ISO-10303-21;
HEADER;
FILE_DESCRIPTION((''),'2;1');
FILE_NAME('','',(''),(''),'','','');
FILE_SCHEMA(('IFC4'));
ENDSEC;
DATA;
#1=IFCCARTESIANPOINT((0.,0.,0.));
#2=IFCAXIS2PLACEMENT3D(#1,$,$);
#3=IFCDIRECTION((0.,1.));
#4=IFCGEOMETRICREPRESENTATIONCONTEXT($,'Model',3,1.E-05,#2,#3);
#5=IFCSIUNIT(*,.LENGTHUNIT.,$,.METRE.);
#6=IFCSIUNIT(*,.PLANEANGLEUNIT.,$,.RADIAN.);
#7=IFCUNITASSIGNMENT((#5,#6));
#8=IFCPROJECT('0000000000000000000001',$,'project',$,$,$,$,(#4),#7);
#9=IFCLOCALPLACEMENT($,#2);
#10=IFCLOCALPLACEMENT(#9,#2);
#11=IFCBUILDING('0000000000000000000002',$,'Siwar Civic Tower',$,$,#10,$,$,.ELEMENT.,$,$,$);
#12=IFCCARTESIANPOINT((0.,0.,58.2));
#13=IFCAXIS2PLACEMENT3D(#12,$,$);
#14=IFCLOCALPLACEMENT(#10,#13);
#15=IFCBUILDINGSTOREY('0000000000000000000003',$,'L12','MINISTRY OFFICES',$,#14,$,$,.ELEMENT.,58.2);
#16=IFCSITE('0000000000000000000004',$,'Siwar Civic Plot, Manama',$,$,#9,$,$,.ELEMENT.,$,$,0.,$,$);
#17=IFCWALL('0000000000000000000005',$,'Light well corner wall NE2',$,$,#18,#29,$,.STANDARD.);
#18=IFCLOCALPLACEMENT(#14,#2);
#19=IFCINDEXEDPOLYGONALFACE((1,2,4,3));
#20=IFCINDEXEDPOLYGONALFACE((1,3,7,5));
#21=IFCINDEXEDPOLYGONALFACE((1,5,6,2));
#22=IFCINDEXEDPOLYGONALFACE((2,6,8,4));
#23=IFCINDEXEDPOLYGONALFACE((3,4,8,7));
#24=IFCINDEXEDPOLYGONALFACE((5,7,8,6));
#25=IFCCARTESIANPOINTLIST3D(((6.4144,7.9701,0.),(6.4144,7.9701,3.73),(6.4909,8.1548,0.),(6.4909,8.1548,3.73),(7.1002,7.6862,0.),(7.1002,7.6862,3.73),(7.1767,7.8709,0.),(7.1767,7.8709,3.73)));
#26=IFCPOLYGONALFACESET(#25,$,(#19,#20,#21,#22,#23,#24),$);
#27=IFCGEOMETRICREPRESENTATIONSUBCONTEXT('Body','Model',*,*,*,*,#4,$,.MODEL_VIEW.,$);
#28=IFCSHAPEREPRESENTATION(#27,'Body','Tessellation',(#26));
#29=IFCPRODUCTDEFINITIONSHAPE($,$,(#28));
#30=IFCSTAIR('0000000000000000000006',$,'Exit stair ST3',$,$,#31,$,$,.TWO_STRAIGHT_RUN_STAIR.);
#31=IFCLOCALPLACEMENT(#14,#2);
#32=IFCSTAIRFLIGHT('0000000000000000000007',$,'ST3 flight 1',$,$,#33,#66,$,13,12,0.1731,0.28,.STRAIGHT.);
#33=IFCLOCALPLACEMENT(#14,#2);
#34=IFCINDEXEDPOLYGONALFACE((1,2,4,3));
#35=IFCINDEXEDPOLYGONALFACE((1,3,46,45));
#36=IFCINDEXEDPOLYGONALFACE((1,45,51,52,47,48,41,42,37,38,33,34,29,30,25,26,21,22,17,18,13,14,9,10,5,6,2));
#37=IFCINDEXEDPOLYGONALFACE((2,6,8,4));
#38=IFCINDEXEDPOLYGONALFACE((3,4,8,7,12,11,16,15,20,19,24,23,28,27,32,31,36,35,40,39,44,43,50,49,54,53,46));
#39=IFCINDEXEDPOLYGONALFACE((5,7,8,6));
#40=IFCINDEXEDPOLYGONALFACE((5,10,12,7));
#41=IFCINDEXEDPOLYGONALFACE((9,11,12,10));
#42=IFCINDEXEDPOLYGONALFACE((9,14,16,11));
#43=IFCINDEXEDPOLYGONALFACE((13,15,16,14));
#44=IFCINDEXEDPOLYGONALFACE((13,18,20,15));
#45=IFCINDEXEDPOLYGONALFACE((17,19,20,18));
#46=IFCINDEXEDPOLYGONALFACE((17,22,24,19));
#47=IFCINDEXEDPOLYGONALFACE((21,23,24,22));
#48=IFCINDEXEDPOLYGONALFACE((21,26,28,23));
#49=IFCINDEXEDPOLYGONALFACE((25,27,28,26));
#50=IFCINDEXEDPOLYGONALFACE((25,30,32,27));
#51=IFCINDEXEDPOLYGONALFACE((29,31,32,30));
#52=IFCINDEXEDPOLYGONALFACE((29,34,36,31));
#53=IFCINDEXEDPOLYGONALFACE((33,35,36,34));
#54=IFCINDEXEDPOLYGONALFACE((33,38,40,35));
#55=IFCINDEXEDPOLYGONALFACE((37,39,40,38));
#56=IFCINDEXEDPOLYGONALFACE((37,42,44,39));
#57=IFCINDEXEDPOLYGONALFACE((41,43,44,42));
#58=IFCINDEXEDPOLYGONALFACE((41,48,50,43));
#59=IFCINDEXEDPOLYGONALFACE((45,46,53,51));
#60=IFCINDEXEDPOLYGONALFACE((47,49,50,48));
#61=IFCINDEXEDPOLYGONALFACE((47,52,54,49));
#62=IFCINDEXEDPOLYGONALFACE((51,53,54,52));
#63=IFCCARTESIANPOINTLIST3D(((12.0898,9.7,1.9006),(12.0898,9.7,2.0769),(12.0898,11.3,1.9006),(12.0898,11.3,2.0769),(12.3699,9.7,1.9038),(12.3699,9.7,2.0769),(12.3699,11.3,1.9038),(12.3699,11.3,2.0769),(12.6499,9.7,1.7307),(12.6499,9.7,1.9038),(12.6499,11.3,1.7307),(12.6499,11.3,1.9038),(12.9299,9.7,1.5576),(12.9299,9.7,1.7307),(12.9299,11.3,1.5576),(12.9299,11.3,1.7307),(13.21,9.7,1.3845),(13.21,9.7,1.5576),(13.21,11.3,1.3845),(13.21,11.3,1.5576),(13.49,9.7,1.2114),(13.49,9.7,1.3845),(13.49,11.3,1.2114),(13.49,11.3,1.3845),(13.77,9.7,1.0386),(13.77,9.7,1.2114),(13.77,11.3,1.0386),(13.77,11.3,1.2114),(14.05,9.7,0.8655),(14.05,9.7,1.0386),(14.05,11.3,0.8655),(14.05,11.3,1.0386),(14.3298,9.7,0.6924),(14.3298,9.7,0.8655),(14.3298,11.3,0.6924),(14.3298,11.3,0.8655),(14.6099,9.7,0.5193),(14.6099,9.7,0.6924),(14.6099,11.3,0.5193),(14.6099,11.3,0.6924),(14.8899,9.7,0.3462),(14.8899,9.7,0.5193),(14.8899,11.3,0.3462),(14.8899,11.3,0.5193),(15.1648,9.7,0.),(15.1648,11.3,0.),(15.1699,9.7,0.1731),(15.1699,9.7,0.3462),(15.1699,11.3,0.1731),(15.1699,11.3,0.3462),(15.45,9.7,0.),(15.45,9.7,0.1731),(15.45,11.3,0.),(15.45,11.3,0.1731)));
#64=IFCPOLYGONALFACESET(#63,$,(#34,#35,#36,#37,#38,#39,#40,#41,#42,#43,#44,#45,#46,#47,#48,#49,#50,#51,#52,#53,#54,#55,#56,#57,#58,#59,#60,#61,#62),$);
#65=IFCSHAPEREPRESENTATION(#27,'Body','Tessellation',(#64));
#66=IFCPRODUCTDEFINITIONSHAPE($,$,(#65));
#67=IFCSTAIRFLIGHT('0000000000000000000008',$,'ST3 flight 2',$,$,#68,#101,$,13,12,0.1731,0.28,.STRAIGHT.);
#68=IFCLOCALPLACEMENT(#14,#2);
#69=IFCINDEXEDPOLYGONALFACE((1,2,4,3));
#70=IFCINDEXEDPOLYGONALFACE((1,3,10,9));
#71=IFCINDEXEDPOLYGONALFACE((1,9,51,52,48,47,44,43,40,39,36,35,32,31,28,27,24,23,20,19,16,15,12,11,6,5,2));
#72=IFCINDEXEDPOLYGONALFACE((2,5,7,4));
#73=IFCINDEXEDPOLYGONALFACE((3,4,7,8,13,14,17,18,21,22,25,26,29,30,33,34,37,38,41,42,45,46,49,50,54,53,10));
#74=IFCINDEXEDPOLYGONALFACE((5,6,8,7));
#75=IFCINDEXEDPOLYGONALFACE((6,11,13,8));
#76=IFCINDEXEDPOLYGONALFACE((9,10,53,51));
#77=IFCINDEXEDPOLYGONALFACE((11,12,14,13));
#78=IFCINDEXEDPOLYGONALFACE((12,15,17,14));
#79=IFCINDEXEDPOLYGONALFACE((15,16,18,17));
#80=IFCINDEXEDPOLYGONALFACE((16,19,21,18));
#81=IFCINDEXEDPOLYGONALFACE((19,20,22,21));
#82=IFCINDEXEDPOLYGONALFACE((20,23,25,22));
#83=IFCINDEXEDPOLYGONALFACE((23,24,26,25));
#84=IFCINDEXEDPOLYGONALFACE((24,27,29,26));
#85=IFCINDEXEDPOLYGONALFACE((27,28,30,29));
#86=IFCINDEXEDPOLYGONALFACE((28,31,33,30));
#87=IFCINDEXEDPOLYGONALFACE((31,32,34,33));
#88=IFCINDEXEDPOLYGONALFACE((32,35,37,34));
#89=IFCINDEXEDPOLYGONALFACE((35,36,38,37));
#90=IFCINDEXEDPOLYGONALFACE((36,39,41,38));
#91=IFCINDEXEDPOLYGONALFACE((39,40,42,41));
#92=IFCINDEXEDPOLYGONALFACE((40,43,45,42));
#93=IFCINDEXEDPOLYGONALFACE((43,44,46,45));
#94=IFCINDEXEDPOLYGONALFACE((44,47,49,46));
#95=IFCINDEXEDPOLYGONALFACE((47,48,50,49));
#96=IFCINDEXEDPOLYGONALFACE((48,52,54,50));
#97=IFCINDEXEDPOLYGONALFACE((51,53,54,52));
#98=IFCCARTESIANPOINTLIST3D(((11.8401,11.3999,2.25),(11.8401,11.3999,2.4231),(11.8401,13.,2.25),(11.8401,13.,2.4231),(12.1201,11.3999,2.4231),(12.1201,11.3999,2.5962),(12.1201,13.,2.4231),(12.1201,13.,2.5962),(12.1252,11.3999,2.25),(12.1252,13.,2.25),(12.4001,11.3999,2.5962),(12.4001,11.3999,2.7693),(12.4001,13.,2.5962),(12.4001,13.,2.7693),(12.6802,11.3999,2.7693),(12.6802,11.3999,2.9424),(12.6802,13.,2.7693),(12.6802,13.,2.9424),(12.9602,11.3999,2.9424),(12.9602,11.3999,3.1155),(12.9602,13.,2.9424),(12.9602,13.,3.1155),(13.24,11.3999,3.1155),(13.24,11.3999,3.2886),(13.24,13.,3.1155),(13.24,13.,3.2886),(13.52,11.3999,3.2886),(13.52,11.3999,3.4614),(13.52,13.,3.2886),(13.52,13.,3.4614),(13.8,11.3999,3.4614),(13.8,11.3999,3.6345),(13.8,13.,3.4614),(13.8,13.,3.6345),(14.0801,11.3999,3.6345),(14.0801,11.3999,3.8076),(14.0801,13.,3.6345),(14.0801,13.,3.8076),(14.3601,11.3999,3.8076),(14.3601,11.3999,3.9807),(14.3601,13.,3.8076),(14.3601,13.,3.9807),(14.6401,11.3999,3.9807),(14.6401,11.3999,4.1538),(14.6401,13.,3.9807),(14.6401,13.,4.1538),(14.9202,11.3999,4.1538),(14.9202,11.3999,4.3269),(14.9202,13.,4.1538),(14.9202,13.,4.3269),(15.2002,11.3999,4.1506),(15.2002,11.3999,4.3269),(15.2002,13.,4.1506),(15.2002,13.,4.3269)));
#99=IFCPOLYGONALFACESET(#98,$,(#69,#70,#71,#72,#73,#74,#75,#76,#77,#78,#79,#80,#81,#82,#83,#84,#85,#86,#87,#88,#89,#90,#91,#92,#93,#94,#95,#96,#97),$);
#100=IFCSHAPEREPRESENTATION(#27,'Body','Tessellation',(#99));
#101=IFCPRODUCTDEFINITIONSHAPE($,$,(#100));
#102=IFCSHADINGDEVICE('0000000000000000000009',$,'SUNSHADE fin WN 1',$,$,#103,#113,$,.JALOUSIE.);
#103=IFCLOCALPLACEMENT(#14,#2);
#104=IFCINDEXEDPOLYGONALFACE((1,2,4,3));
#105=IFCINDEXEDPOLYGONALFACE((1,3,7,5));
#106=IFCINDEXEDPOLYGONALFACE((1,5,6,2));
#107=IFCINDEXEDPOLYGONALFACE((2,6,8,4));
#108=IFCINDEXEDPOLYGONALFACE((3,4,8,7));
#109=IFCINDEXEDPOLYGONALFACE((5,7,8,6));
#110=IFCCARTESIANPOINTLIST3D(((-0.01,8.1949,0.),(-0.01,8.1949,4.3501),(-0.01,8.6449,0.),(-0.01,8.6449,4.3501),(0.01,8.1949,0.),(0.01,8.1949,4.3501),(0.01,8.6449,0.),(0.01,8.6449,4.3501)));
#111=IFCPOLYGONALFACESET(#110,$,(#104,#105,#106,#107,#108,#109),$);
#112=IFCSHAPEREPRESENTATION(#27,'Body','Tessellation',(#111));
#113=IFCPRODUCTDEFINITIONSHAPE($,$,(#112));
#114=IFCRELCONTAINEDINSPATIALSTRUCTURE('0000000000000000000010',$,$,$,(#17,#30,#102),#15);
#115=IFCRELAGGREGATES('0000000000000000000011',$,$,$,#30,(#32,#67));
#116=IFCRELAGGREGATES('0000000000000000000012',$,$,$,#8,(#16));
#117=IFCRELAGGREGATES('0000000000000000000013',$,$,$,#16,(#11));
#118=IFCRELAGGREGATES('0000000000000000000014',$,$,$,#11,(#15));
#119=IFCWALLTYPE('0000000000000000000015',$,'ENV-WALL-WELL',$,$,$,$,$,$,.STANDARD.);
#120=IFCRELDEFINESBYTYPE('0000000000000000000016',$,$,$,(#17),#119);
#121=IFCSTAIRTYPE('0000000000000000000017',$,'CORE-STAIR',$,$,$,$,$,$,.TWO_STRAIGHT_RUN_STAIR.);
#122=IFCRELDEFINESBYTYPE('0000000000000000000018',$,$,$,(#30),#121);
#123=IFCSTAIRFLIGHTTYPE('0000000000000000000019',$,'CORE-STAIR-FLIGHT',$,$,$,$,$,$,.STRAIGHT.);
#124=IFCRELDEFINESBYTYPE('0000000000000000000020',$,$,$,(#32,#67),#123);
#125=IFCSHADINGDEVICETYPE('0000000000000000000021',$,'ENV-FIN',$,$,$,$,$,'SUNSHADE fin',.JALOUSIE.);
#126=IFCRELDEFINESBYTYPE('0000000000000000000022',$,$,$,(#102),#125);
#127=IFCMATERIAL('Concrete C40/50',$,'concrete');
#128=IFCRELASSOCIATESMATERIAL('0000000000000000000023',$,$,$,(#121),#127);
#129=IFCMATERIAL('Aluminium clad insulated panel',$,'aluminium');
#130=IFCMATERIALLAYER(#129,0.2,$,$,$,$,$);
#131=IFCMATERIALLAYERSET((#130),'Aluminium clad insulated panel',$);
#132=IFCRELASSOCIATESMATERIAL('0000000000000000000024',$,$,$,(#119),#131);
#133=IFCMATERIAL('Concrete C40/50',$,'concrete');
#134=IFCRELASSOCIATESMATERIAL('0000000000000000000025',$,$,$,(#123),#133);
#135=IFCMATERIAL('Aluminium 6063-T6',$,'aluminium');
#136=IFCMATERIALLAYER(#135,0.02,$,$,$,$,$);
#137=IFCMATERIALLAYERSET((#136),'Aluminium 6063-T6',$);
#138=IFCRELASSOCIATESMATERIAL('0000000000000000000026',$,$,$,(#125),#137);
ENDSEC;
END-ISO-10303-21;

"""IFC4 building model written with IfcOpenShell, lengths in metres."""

from ifc_helpers import new_model, si_unit, direction, frame, frame_2d, origin, origin_2d, place, context, subcontext, project, spatial, polyline, rectangle, outline, extrude, material, layer, layer_set, type_object, element, aggregate, save


model = new_model("IFC4")

# Units and contexts
model_context = context("Model", 3, precision=1e-05, world=origin(), true_north=direction((0.0, 1.0)))
body_context = subcontext(model_context, "Body", "Model", "MODEL_VIEW")
ifc_project = project(units=[si_unit("LENGTHUNIT", "METRE"), si_unit("PLANEANGLEUNIT", "RADIAN")], contexts=[model_context])

# Site, building, storey
site_placement = place(None, origin())
site = spatial("IfcSite", under=ifc_project, at=site_placement, Name="Siwar Civic Plot, Manama", CompositionType="ELEMENT", RefElevation=0.0)
building_placement = place(site_placement, origin())
building = spatial("IfcBuilding", under=site, at=building_placement, Name="Siwar Civic Tower", CompositionType="ELEMENT")
storey_placement = place(building_placement, frame((0.0, 0.0, 58.2)))
storey = spatial("IfcBuildingStorey", under=building, at=storey_placement, Name="L12", Description="MINISTRY OFFICES", CompositionType="ELEMENT", Elevation=58.2)

# Shared definitions
ifc_material_1 = material(Name="Concrete C40/50", Category="concrete")
stair_type = type_object("IfcStairType", Name="CORE-STAIR", PredefinedType="TWO_STRAIGHT_RUN_STAIR", material=ifc_material_1)

# Wall
ifc_material_2 = material(Name="Aluminium clad insulated panel", Category="aluminium")
ifc_layer_1 = layer(ifc_material_2, 0.2)
ifc_layer_set_1 = layer_set([ifc_layer_1], Name="Aluminium clad insulated panel")
wall_type_1 = type_object("IfcWallType", Name="ENV-WALL-WELL", PredefinedType="STANDARD", material=ifc_layer_set_1)
wall_1_placement = place(storey_placement, frame((7.1384, 7.7786, 0.0), z_axis=(0.0, 0.0, 1.0), x_axis=(-0.923941, 0.382536, 0.0)))
element("IfcWall", 1, at=wall_1_placement, inside=storey, type_object=wall_type_1, Name="Light well corner wall NE2", PredefinedType="STANDARD", context=body_context, shape_type="SweptSolid", body=[
    extrude(rectangle(XDim=0.7422, YDim=0.2, at=frame_2d((0.3711, 0.0))), origin(), (0.0, 0.0, 1.0), 3.73),
])

# Stair, stair flights
stair_1_placement = place(storey_placement, origin())
stair_1 = element("IfcStair", 2, at=stair_1_placement, inside=storey, type_object=stair_type, Name="Exit stair ST3", PredefinedType="TWO_STRAIGHT_RUN_STAIR")
ifc_material_3 = material(Name="Concrete C40/50", Category="concrete")
stair_flight_type = type_object("IfcStairFlightType", Name="CORE-STAIR-FLIGHT", PredefinedType="STRAIGHT", material=ifc_material_3)
stair_flight_1_placement = place(storey_placement, frame((15.45, 10.5, 0.0), z_axis=(0.0, 0.0, 1.0), x_axis=(-1.0, 0.0, 0.0)))
stair_flight_1 = element("IfcStairFlight", 3, at=stair_flight_1_placement, type_object=stair_flight_type, Name="ST3 flight 1", NumberOfRisers=13, NumberOfTreads=12, PredefinedType="STRAIGHT", RiserHeight=0.1731, TreadLength=0.28, context=body_context, shape_type="SweptSolid", body=[
    extrude(outline(polyline([(0.0, 0.0), (0.0, 0.1731), (0.28, 0.1731), (0.28, 0.3462), (0.5601, 0.3462), (0.5601, 0.5193), (0.8401, 0.5193), (0.8401, 0.6924), (1.1201, 0.6924), (1.1201, 0.8655), (1.3999, 0.8655), (1.3999, 1.0386), (1.6799, 1.0386), (1.6799, 1.2114), (1.96, 1.2114), (1.96, 1.3845), (2.24, 1.3845), (2.24, 1.5576), (2.52, 1.5576), (2.52, 1.7307), (2.8, 1.7307), (2.8, 1.9038), (3.0801, 1.9038), (3.0801, 2.0769), (3.3601, 2.0769), (3.3601, 2.25), (3.3601, 1.9006), (0.2852, 0.0), (0.0, 0.0)])), frame((0.0, 0.8, 0.0), z_axis=(0.0, -1.0, 0.0), x_axis=(1.0, 0.0, 0.0)), (0.0, 0.0, 1.0), 1.6001),
])
stair_flight_2_placement = place(storey_placement, frame((11.8401, 12.2, 2.25), z_axis=(0.0, 0.0, 1.0), x_axis=(1.0, 0.0, 0.0)))
stair_flight_2 = element("IfcStairFlight", 4, at=stair_flight_2_placement, type_object=stair_flight_type, Name="ST3 flight 2", NumberOfRisers=13, NumberOfTreads=12, PredefinedType="STRAIGHT", RiserHeight=0.1731, TreadLength=0.28, context=body_context, shape_type="SweptSolid", body=[
    extrude(outline(polyline([(0.0, 0.0), (0.0, 0.1731), (0.28, 0.1731), (0.28, 0.3462), (0.5601, 0.3462), (0.5601, 0.5193), (0.8401, 0.5193), (0.8401, 0.6924), (1.1201, 0.6924), (1.1201, 0.8655), (1.3999, 0.8655), (1.3999, 1.0386), (1.6799, 1.0386), (1.6799, 1.2114), (1.96, 1.2114), (1.96, 1.3845), (2.24, 1.3845), (2.24, 1.5576), (2.52, 1.5576), (2.52, 1.7307), (2.8, 1.7307), (2.8, 1.9038), (3.0801, 1.9038), (3.0801, 2.0769), (3.3601, 2.0769), (3.3601, 2.25), (3.3601, 1.9006), (0.2852, 0.0), (0.0, 0.0)])), frame((0.0, 0.8, 0.0), z_axis=(0.0, -1.0, 0.0), x_axis=(1.0, 0.0, 0.0)), (0.0, 0.0, 1.0), 1.6001),
])
aggregate(stair_1, [stair_flight_1, stair_flight_2])

# Shading device
ifc_material_4 = material(Name="Aluminium 6063-T6", Category="aluminium")
ifc_layer_2 = layer(ifc_material_4, 0.02)
ifc_layer_set_2 = layer_set([ifc_layer_2], Name="Aluminium 6063-T6")
shading_device_type = type_object("IfcShadingDeviceType", Name="ENV-FIN", ElementType="SUNSHADE fin", PredefinedType="JALOUSIE", material=ifc_layer_set_2)
shading_device_placement = place(storey_placement, frame((0.0, 8.4199, 0.0), z_axis=(0.0, 0.0, 1.0), x_axis=(-1.0, 0.0, 0.0)))
element("IfcShadingDevice", 5, at=shading_device_placement, inside=storey, type_object=shading_device_type, Name="SUNSHADE fin WN 1", PredefinedType="JALOUSIE", context=body_context, shape_type="SweptSolid", body=[
    extrude(rectangle(XDim=0.02, YDim=0.45, at=origin_2d()), origin(), (0.0, 0.0, 1.0), 4.3501),
])

save(model, "model.ifc")
